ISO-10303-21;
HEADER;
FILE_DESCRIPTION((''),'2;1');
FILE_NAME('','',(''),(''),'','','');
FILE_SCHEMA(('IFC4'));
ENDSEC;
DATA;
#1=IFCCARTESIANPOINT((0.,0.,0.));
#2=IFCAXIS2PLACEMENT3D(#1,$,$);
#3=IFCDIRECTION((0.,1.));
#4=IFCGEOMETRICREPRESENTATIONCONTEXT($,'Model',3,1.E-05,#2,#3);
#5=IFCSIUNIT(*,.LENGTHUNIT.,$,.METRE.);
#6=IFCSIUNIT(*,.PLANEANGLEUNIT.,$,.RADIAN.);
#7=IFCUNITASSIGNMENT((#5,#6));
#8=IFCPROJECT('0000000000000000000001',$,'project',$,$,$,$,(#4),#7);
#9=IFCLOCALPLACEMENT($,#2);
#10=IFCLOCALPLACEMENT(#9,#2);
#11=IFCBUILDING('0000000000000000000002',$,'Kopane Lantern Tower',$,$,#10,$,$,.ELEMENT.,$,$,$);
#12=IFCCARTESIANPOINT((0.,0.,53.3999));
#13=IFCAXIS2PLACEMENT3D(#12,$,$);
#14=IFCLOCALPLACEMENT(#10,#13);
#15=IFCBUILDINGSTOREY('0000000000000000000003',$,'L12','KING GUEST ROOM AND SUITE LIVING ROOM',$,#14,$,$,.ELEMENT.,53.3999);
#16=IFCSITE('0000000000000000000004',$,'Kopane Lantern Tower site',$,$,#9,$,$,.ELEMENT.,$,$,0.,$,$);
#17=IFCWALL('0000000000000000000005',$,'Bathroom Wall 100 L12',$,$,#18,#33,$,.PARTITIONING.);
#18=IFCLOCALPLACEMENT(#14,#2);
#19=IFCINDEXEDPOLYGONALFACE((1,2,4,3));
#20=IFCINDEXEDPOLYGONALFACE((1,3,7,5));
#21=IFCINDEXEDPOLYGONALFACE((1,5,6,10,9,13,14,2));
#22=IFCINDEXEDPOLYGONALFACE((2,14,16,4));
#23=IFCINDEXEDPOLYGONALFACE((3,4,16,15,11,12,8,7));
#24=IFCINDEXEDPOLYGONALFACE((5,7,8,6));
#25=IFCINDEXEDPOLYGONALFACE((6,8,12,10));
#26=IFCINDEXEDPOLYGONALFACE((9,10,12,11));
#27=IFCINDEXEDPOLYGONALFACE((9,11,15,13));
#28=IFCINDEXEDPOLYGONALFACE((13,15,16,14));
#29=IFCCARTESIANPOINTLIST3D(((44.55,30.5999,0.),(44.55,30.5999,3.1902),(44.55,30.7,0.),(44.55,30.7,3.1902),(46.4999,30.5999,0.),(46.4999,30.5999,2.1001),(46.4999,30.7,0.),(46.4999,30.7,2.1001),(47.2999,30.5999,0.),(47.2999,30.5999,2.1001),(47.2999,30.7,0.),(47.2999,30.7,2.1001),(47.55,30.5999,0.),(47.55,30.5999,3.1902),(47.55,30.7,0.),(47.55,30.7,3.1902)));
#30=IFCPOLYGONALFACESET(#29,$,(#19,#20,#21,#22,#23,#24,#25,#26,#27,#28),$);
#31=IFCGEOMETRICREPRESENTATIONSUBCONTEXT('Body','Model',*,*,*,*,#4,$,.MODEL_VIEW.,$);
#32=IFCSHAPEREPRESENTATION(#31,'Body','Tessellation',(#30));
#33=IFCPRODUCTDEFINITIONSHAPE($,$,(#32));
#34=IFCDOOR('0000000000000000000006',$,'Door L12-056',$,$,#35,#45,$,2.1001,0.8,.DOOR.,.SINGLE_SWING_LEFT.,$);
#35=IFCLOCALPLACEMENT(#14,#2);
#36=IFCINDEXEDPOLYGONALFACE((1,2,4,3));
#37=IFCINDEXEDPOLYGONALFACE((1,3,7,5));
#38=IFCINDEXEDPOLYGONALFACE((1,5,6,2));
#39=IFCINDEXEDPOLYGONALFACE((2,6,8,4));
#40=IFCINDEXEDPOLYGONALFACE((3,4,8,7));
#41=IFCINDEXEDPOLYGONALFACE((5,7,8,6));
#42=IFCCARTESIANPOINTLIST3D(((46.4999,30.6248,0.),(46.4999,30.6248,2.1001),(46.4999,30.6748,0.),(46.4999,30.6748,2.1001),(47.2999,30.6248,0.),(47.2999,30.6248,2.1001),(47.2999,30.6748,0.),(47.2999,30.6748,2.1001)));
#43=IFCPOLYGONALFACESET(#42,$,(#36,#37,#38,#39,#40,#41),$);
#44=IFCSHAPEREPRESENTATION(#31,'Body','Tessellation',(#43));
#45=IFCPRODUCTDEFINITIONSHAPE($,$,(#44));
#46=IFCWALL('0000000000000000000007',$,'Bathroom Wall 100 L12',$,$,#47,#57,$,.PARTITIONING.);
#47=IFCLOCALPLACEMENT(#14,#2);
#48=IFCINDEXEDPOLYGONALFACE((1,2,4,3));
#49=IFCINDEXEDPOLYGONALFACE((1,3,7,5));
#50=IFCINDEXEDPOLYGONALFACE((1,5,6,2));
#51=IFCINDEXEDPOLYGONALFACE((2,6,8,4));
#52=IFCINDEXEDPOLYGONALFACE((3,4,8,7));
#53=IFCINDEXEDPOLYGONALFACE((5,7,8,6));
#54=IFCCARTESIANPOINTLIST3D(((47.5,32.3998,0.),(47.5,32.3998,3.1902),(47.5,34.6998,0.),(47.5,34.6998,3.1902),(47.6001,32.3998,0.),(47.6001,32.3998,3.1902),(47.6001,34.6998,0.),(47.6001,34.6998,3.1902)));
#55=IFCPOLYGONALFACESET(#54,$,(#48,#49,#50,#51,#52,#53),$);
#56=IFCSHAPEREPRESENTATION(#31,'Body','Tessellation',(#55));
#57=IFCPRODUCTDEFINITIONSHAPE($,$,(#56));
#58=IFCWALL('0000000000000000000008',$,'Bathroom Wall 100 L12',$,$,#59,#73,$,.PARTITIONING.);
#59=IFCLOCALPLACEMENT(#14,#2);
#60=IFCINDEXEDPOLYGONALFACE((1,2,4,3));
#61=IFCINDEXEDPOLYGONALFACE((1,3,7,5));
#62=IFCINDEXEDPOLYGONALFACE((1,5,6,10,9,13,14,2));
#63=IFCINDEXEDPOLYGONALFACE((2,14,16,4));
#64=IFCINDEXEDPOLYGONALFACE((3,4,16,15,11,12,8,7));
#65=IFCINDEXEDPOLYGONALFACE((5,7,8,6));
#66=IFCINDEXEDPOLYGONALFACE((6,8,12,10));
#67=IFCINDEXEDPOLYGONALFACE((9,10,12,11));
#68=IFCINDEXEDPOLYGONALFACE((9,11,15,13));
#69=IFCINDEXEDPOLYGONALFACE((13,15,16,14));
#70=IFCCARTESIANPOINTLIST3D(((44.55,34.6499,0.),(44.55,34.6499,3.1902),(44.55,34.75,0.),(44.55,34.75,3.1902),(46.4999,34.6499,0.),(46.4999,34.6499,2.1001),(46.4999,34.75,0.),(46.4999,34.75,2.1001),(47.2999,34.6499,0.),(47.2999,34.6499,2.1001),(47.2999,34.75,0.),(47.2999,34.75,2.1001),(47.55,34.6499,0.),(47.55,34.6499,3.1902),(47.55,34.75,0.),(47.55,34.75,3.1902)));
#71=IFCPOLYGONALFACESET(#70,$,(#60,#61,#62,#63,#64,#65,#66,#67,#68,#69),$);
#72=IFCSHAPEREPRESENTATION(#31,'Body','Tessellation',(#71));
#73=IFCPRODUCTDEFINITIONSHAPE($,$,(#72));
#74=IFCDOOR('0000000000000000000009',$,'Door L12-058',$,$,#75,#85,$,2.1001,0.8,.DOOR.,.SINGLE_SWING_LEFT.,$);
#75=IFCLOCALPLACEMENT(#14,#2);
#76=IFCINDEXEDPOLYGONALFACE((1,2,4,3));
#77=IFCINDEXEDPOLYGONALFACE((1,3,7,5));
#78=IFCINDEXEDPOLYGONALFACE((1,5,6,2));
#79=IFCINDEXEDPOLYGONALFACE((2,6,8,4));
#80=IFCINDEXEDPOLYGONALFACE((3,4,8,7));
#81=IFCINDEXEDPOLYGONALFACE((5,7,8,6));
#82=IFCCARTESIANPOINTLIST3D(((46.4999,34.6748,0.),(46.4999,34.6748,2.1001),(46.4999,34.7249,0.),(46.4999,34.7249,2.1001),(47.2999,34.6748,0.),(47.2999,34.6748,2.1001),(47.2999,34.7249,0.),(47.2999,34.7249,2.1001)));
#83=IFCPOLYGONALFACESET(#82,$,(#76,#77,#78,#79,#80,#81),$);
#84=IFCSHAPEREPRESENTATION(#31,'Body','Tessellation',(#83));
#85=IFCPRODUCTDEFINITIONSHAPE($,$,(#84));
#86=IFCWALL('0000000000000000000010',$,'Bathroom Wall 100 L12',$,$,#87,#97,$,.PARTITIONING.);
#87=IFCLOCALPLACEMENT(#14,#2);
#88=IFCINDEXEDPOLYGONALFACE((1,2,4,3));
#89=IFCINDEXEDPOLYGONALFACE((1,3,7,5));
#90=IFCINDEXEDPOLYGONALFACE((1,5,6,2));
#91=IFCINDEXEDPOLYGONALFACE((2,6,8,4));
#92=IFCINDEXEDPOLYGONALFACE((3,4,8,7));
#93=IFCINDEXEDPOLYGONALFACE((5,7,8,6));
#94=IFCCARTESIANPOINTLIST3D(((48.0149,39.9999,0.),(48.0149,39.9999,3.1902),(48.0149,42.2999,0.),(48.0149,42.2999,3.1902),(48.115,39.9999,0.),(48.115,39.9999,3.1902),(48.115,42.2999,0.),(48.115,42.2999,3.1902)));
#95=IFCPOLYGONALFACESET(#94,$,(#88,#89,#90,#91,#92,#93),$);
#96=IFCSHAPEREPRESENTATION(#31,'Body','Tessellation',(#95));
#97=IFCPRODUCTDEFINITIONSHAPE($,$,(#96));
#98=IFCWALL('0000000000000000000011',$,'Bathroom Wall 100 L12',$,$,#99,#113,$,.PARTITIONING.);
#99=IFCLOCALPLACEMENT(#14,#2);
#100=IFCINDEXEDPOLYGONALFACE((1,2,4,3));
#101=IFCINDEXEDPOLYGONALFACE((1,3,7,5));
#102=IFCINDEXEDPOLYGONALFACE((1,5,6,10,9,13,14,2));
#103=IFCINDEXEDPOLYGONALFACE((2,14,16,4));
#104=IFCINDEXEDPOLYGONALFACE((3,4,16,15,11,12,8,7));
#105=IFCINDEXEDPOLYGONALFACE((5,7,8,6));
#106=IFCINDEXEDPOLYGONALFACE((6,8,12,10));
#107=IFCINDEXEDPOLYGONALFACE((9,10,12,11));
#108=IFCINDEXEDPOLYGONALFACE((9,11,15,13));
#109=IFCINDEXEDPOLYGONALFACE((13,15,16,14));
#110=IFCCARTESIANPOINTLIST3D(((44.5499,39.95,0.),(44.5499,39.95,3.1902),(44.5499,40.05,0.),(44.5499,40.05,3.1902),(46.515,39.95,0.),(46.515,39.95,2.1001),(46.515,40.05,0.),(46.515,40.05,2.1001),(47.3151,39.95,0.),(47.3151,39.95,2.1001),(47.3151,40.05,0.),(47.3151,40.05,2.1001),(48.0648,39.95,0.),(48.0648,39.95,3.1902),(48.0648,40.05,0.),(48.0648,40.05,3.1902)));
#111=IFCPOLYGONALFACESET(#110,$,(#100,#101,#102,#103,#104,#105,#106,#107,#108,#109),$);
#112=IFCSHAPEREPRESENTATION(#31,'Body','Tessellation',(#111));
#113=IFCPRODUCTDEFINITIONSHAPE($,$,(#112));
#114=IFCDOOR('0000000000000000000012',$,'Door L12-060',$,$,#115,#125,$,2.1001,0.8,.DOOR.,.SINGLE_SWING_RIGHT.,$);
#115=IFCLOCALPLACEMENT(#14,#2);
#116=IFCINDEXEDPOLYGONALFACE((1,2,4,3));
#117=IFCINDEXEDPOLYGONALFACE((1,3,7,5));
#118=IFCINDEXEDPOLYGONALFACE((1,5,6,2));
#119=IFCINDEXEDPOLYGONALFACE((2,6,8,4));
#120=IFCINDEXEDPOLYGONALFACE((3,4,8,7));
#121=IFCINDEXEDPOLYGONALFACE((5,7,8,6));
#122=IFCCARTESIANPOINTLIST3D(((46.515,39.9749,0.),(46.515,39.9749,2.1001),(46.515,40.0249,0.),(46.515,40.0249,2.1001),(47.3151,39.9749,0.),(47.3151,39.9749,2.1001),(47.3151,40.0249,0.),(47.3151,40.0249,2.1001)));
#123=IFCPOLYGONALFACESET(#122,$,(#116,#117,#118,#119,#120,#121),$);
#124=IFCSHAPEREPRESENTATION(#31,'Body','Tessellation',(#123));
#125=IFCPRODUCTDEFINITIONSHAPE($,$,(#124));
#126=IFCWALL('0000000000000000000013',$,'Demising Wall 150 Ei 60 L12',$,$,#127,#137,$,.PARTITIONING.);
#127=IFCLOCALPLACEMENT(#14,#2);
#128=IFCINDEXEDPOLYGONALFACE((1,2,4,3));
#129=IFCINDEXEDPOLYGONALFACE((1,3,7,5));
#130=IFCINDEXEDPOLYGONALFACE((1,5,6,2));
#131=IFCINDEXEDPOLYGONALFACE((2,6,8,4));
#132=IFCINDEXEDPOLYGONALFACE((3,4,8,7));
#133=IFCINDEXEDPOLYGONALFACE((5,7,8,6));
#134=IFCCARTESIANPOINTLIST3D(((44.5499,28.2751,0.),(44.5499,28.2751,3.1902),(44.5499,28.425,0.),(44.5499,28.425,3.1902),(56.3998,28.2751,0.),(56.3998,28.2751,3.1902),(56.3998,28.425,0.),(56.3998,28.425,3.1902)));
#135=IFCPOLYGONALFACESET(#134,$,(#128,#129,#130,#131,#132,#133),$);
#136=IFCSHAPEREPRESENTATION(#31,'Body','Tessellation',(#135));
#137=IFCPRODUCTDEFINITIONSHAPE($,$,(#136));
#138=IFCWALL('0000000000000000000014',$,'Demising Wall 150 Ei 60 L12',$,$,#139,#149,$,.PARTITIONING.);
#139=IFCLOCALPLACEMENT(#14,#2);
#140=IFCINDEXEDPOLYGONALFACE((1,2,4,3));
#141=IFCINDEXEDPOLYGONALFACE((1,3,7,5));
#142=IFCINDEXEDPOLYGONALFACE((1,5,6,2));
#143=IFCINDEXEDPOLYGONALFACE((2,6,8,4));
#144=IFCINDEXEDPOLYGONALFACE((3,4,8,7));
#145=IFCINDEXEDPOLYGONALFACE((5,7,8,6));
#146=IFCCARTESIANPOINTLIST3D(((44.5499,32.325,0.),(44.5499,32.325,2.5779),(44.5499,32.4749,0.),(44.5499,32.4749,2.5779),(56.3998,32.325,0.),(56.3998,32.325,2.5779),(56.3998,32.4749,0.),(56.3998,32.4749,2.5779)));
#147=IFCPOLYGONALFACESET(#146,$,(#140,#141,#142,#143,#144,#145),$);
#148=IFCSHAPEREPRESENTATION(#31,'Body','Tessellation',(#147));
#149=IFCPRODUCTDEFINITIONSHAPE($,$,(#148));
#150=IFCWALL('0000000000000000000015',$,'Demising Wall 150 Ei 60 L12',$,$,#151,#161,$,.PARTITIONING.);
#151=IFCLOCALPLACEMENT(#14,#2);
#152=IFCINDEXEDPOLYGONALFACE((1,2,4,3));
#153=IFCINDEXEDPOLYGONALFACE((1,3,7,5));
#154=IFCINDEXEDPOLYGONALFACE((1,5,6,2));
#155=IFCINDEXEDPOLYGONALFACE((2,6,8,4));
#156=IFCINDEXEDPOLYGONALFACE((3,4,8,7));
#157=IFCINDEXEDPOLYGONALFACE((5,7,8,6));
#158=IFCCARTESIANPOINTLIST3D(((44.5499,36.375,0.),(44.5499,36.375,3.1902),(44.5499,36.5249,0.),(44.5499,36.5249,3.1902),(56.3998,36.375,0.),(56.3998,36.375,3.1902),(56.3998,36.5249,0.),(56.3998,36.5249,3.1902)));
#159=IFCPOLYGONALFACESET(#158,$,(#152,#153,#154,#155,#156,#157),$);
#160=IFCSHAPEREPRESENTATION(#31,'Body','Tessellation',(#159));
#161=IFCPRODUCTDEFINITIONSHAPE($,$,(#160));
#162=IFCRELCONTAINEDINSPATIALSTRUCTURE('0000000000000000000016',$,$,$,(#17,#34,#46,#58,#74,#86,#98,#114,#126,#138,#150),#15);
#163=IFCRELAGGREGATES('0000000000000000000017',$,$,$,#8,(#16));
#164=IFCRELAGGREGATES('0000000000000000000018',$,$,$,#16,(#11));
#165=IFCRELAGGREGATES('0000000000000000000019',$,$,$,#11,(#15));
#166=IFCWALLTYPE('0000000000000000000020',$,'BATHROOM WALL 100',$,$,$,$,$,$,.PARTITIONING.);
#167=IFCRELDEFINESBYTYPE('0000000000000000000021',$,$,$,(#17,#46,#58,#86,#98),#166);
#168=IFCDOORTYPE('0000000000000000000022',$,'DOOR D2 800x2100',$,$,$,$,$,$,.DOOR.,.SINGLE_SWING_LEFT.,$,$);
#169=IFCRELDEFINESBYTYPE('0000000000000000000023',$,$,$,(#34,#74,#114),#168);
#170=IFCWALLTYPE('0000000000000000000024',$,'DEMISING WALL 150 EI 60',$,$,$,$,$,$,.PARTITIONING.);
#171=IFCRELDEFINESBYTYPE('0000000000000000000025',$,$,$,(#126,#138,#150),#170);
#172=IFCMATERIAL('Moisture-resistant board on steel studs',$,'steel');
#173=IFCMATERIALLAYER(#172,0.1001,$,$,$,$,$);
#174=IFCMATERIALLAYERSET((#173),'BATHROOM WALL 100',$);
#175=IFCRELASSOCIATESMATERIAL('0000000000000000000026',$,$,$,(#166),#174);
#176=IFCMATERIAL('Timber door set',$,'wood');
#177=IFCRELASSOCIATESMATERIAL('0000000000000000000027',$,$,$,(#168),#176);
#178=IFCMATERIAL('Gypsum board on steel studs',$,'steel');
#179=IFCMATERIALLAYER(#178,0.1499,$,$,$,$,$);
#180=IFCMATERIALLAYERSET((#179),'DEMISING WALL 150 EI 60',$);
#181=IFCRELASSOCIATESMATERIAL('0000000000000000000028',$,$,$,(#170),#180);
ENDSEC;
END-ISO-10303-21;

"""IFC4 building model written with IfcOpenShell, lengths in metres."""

from ifc_helpers import new_model, si_unit, direction, frame, frame_2d, origin, place, context, subcontext, project, spatial, rectangle, extrude, material, layer, layer_set, type_object, element, fill, save


model = new_model("IFC4")

# Units and contexts
model_context = context("Model", 3, precision=1e-05, world=origin(), true_north=direction((0.0, 1.0)))
body_context = subcontext(model_context, "Body", "Model", "MODEL_VIEW")
ifc_project = project(units=[si_unit("LENGTHUNIT", "METRE"), si_unit("PLANEANGLEUNIT", "RADIAN")], contexts=[model_context])

# Site, building, storey
site_placement = place(None, origin())
site = spatial("IfcSite", under=ifc_project, at=site_placement, Name="Kopane Lantern Tower site", CompositionType="ELEMENT", RefElevation=0.0)
building_placement = place(site_placement, origin())
building = spatial("IfcBuilding", under=site, at=building_placement, Name="Kopane Lantern Tower", CompositionType="ELEMENT")
storey_placement = place(building_placement, frame((0.0, 0.0, 53.3999)))
storey = spatial("IfcBuildingStorey", under=building, at=storey_placement, Name="L12", Description="KING GUEST ROOM AND SUITE LIVING ROOM", CompositionType="ELEMENT", Elevation=53.3999)

# Shared definitions
ifc_material_1 = material(Name="Moisture-resistant board on steel studs", Category="steel")
ifc_layer_1 = layer(ifc_material_1, 0.1001)
ifc_layer_set_1 = layer_set([ifc_layer_1], Name="BATHROOM WALL 100")
wall_type_1 = type_object("IfcWallType", Name="BATHROOM WALL 100", PredefinedType="PARTITIONING", material=ifc_layer_set_1)
ifc_material_2 = material(Name="Timber door set", Category="wood")
door_type = type_object("IfcDoorType", Name="DOOR D2 800x2100", OperationType="SINGLE_SWING_LEFT", PredefinedType="DOOR", material=ifc_material_2)

# Wall, opening, door
wall_1_placement = place(storey_placement, frame((44.55, 30.6499, 0.0), z_axis=(0.0, 0.0, 1.0), x_axis=(1.0, 0.0, 0.0)))
wall_1 = element("IfcWall", 1, at=wall_1_placement, inside=storey, type_object=wall_type_1, Name="Bathroom Wall 100 L12", PredefinedType="PARTITIONING", context=body_context, shape_type="SweptSolid", body=[
    extrude(rectangle(XDim=3.0, YDim=0.1001, at=frame_2d((1.5, 0.0))), origin(), (0.0, 0.0, 1.0), 3.1902),
])
opening_1_placement = place(wall_1_placement, frame((1.95, 0.0, 0.0)))
opening_1 = element("IfcOpeningElement", 2, at=opening_1_placement, cuts=wall_1, PredefinedType="OPENING", context=body_context, shape_type="SweptSolid", body=[
    extrude(rectangle(XDim=0.8, YDim=2.1001, at=frame_2d((0.3999, 1.05))), frame((0.0, 0.0601, 0.0), z_axis=(0.0, -1.0, 0.0), x_axis=(1.0, 0.0, 0.0)), (0.0, 0.0, 1.0), 0.1201),
])
door_1_placement = place(opening_1_placement, origin())
door_1 = element("IfcDoor", 3, at=door_1_placement, inside=storey, type_object=door_type, Name="Door L12-056", OperationType="SINGLE_SWING_LEFT", OverallHeight=2.1001, OverallWidth=0.8, PredefinedType="DOOR", context=body_context, shape_type="SweptSolid", body=[
    extrude(rectangle(XDim=0.8, YDim=2.1001, at=frame_2d((0.3999, 1.05))), frame((0.0, 0.0249, 0.0), z_axis=(0.0, -1.0, 0.0), x_axis=(1.0, 0.0, 0.0)), (0.0, 0.0, 1.0), 0.05),
])
fill(opening_1, door_1)

# Wall
wall_2_placement = place(storey_placement, frame((47.55, 32.3999, 0.0), z_axis=(0.0, 0.0, 1.0), x_axis=(0.0, 1.0, 0.0)))
element("IfcWall", 4, at=wall_2_placement, inside=storey, type_object=wall_type_1, Name="Bathroom Wall 100 L12", PredefinedType="PARTITIONING", context=body_context, shape_type="SweptSolid", body=[
    extrude(rectangle(XDim=2.3, YDim=0.1001, at=frame_2d((1.1499, 0.0))), origin(), (0.0, 0.0, 1.0), 3.1902),
])

# Wall, opening, door
wall_3_placement = place(storey_placement, frame((44.55, 34.7, 0.0), z_axis=(0.0, 0.0, 1.0), x_axis=(1.0, 0.0, 0.0)))
wall_3 = element("IfcWall", 5, at=wall_3_placement, inside=storey, type_object=wall_type_1, Name="Bathroom Wall 100 L12", PredefinedType="PARTITIONING", context=body_context, shape_type="SweptSolid", body=[
    extrude(rectangle(XDim=3.0, YDim=0.1001, at=frame_2d((1.5, 0.0))), origin(), (0.0, 0.0, 1.0), 3.1902),
])
opening_2_placement = place(wall_3_placement, frame((1.95, 0.0, 0.0)))
opening_2 = element("IfcOpeningElement", 6, at=opening_2_placement, cuts=wall_3, PredefinedType="OPENING", context=body_context, shape_type="SweptSolid", body=[
    extrude(rectangle(XDim=0.8, YDim=2.1001, at=frame_2d((0.3999, 1.05))), frame((0.0, 0.0601, 0.0), z_axis=(0.0, -1.0, 0.0), x_axis=(1.0, 0.0, 0.0)), (0.0, 0.0, 1.0), 0.1201),
])
door_2_placement = place(opening_2_placement, origin())
door_2 = element("IfcDoor", 7, at=door_2_placement, inside=storey, type_object=door_type, Name="Door L12-058", OperationType="SINGLE_SWING_LEFT", OverallHeight=2.1001, OverallWidth=0.8, PredefinedType="DOOR", context=body_context, shape_type="SweptSolid", body=[
    extrude(rectangle(XDim=0.8, YDim=2.1001, at=frame_2d((0.3999, 1.05))), frame((0.0, 0.0249, 0.0), z_axis=(0.0, -1.0, 0.0), x_axis=(1.0, 0.0, 0.0)), (0.0, 0.0, 1.0), 0.05),
])
fill(opening_2, door_2)

# Wall
wall_4_placement = place(storey_placement, frame((48.0649, 40.0, 0.0), z_axis=(0.0, 0.0, 1.0), x_axis=(0.0, 1.0, 0.0)))
element("IfcWall", 8, at=wall_4_placement, inside=storey, type_object=wall_type_1, Name="Bathroom Wall 100 L12", PredefinedType="PARTITIONING", context=body_context, shape_type="SweptSolid", body=[
    extrude(rectangle(XDim=2.3, YDim=0.1001, at=frame_2d((1.1499, 0.0))), origin(), (0.0, 0.0, 1.0), 3.1902),
])

# Wall, opening, door
wall_5_placement = place(storey_placement, frame((44.55, 40.0, 0.0), z_axis=(0.0, 0.0, 1.0), x_axis=(1.0, 0.0, 0.0)))
wall_5 = element("IfcWall", 9, at=wall_5_placement, inside=storey, type_object=wall_type_1, Name="Bathroom Wall 100 L12", PredefinedType="PARTITIONING", context=body_context, shape_type="SweptSolid", body=[
    extrude(rectangle(XDim=3.5149, YDim=0.1001, at=frame_2d((1.7573, 0.0))), origin(), (0.0, 0.0, 1.0), 3.1902),
])
opening_3_placement = place(wall_5_placement, frame((1.9651, 0.0, 0.0)))
opening_3 = element("IfcOpeningElement", 10, at=opening_3_placement, cuts=wall_5, PredefinedType="OPENING", context=body_context, shape_type="SweptSolid", body=[
    extrude(rectangle(XDim=0.8, YDim=2.1001, at=frame_2d((0.3999, 1.05))), frame((0.0, 0.0601, 0.0), z_axis=(0.0, -1.0, 0.0), x_axis=(1.0, 0.0, 0.0)), (0.0, 0.0, 1.0), 0.1201),
])
door_3_placement = place(opening_3_placement, origin())
door_3 = element("IfcDoor", 11, at=door_3_placement, inside=storey, type_object=door_type, Name="Door L12-060", OperationType="SINGLE_SWING_RIGHT", OverallHeight=2.1001, OverallWidth=0.8, PredefinedType="DOOR", context=body_context, shape_type="SweptSolid", body=[
    extrude(rectangle(XDim=0.8, YDim=2.1001, at=frame_2d((0.3999, 1.05))), frame((0.0, 0.0249, 0.0), z_axis=(0.0, -1.0, 0.0), x_axis=(1.0, 0.0, 0.0)), (0.0, 0.0, 1.0), 0.05),
])
fill(opening_3, door_3)

# Walls
ifc_material_3 = material(Name="Gypsum board on steel studs", Category="steel")
ifc_layer_2 = layer(ifc_material_3, 0.1499)
ifc_layer_set_2 = layer_set([ifc_layer_2], Name="DEMISING WALL 150 EI 60")
wall_type_2 = type_object("IfcWallType", Name="DEMISING WALL 150 EI 60", PredefinedType="PARTITIONING", material=ifc_layer_set_2)
wall_6_placement = place(storey_placement, frame((44.55, 28.3501, 0.0), z_axis=(0.0, 0.0, 1.0), x_axis=(1.0, 0.0, 0.0)))
element("IfcWall", 12, at=wall_6_placement, inside=storey, type_object=wall_type_2, Name="Demising Wall 150 Ei 60 L12", PredefinedType="PARTITIONING", context=body_context, shape_type="SweptSolid", body=[
    extrude(rectangle(XDim=11.8499, YDim=0.1499, at=frame_2d((5.9248, 0.0))), origin(), (0.0, 0.0, 1.0), 3.1902),
])
wall_7_placement = place(storey_placement, frame((44.55, 32.3999, 0.0), z_axis=(0.0, 0.0, 1.0), x_axis=(1.0, 0.0, 0.0)))
element("IfcWall", 13, at=wall_7_placement, inside=storey, type_object=wall_type_2, Name="Demising Wall 150 Ei 60 L12", PredefinedType="PARTITIONING", context=body_context, shape_type="SweptSolid", body=[
    extrude(rectangle(XDim=11.8499, YDim=0.1499, at=frame_2d((5.9248, 0.0))), origin(), (0.0, 0.0, 1.0), 2.5779),
])
wall_8_placement = place(storey_placement, frame((44.55, 36.45, 0.0), z_axis=(0.0, 0.0, 1.0), x_axis=(1.0, 0.0, 0.0)))
element("IfcWall", 14, at=wall_8_placement, inside=storey, type_object=wall_type_2, Name="Demising Wall 150 Ei 60 L12", PredefinedType="PARTITIONING", context=body_context, shape_type="SweptSolid", body=[
    extrude(rectangle(XDim=11.8499, YDim=0.1499, at=frame_2d((5.9248, 0.0))), origin(), (0.0, 0.0, 1.0), 3.1902),
])

save(model, "model.ifc")
